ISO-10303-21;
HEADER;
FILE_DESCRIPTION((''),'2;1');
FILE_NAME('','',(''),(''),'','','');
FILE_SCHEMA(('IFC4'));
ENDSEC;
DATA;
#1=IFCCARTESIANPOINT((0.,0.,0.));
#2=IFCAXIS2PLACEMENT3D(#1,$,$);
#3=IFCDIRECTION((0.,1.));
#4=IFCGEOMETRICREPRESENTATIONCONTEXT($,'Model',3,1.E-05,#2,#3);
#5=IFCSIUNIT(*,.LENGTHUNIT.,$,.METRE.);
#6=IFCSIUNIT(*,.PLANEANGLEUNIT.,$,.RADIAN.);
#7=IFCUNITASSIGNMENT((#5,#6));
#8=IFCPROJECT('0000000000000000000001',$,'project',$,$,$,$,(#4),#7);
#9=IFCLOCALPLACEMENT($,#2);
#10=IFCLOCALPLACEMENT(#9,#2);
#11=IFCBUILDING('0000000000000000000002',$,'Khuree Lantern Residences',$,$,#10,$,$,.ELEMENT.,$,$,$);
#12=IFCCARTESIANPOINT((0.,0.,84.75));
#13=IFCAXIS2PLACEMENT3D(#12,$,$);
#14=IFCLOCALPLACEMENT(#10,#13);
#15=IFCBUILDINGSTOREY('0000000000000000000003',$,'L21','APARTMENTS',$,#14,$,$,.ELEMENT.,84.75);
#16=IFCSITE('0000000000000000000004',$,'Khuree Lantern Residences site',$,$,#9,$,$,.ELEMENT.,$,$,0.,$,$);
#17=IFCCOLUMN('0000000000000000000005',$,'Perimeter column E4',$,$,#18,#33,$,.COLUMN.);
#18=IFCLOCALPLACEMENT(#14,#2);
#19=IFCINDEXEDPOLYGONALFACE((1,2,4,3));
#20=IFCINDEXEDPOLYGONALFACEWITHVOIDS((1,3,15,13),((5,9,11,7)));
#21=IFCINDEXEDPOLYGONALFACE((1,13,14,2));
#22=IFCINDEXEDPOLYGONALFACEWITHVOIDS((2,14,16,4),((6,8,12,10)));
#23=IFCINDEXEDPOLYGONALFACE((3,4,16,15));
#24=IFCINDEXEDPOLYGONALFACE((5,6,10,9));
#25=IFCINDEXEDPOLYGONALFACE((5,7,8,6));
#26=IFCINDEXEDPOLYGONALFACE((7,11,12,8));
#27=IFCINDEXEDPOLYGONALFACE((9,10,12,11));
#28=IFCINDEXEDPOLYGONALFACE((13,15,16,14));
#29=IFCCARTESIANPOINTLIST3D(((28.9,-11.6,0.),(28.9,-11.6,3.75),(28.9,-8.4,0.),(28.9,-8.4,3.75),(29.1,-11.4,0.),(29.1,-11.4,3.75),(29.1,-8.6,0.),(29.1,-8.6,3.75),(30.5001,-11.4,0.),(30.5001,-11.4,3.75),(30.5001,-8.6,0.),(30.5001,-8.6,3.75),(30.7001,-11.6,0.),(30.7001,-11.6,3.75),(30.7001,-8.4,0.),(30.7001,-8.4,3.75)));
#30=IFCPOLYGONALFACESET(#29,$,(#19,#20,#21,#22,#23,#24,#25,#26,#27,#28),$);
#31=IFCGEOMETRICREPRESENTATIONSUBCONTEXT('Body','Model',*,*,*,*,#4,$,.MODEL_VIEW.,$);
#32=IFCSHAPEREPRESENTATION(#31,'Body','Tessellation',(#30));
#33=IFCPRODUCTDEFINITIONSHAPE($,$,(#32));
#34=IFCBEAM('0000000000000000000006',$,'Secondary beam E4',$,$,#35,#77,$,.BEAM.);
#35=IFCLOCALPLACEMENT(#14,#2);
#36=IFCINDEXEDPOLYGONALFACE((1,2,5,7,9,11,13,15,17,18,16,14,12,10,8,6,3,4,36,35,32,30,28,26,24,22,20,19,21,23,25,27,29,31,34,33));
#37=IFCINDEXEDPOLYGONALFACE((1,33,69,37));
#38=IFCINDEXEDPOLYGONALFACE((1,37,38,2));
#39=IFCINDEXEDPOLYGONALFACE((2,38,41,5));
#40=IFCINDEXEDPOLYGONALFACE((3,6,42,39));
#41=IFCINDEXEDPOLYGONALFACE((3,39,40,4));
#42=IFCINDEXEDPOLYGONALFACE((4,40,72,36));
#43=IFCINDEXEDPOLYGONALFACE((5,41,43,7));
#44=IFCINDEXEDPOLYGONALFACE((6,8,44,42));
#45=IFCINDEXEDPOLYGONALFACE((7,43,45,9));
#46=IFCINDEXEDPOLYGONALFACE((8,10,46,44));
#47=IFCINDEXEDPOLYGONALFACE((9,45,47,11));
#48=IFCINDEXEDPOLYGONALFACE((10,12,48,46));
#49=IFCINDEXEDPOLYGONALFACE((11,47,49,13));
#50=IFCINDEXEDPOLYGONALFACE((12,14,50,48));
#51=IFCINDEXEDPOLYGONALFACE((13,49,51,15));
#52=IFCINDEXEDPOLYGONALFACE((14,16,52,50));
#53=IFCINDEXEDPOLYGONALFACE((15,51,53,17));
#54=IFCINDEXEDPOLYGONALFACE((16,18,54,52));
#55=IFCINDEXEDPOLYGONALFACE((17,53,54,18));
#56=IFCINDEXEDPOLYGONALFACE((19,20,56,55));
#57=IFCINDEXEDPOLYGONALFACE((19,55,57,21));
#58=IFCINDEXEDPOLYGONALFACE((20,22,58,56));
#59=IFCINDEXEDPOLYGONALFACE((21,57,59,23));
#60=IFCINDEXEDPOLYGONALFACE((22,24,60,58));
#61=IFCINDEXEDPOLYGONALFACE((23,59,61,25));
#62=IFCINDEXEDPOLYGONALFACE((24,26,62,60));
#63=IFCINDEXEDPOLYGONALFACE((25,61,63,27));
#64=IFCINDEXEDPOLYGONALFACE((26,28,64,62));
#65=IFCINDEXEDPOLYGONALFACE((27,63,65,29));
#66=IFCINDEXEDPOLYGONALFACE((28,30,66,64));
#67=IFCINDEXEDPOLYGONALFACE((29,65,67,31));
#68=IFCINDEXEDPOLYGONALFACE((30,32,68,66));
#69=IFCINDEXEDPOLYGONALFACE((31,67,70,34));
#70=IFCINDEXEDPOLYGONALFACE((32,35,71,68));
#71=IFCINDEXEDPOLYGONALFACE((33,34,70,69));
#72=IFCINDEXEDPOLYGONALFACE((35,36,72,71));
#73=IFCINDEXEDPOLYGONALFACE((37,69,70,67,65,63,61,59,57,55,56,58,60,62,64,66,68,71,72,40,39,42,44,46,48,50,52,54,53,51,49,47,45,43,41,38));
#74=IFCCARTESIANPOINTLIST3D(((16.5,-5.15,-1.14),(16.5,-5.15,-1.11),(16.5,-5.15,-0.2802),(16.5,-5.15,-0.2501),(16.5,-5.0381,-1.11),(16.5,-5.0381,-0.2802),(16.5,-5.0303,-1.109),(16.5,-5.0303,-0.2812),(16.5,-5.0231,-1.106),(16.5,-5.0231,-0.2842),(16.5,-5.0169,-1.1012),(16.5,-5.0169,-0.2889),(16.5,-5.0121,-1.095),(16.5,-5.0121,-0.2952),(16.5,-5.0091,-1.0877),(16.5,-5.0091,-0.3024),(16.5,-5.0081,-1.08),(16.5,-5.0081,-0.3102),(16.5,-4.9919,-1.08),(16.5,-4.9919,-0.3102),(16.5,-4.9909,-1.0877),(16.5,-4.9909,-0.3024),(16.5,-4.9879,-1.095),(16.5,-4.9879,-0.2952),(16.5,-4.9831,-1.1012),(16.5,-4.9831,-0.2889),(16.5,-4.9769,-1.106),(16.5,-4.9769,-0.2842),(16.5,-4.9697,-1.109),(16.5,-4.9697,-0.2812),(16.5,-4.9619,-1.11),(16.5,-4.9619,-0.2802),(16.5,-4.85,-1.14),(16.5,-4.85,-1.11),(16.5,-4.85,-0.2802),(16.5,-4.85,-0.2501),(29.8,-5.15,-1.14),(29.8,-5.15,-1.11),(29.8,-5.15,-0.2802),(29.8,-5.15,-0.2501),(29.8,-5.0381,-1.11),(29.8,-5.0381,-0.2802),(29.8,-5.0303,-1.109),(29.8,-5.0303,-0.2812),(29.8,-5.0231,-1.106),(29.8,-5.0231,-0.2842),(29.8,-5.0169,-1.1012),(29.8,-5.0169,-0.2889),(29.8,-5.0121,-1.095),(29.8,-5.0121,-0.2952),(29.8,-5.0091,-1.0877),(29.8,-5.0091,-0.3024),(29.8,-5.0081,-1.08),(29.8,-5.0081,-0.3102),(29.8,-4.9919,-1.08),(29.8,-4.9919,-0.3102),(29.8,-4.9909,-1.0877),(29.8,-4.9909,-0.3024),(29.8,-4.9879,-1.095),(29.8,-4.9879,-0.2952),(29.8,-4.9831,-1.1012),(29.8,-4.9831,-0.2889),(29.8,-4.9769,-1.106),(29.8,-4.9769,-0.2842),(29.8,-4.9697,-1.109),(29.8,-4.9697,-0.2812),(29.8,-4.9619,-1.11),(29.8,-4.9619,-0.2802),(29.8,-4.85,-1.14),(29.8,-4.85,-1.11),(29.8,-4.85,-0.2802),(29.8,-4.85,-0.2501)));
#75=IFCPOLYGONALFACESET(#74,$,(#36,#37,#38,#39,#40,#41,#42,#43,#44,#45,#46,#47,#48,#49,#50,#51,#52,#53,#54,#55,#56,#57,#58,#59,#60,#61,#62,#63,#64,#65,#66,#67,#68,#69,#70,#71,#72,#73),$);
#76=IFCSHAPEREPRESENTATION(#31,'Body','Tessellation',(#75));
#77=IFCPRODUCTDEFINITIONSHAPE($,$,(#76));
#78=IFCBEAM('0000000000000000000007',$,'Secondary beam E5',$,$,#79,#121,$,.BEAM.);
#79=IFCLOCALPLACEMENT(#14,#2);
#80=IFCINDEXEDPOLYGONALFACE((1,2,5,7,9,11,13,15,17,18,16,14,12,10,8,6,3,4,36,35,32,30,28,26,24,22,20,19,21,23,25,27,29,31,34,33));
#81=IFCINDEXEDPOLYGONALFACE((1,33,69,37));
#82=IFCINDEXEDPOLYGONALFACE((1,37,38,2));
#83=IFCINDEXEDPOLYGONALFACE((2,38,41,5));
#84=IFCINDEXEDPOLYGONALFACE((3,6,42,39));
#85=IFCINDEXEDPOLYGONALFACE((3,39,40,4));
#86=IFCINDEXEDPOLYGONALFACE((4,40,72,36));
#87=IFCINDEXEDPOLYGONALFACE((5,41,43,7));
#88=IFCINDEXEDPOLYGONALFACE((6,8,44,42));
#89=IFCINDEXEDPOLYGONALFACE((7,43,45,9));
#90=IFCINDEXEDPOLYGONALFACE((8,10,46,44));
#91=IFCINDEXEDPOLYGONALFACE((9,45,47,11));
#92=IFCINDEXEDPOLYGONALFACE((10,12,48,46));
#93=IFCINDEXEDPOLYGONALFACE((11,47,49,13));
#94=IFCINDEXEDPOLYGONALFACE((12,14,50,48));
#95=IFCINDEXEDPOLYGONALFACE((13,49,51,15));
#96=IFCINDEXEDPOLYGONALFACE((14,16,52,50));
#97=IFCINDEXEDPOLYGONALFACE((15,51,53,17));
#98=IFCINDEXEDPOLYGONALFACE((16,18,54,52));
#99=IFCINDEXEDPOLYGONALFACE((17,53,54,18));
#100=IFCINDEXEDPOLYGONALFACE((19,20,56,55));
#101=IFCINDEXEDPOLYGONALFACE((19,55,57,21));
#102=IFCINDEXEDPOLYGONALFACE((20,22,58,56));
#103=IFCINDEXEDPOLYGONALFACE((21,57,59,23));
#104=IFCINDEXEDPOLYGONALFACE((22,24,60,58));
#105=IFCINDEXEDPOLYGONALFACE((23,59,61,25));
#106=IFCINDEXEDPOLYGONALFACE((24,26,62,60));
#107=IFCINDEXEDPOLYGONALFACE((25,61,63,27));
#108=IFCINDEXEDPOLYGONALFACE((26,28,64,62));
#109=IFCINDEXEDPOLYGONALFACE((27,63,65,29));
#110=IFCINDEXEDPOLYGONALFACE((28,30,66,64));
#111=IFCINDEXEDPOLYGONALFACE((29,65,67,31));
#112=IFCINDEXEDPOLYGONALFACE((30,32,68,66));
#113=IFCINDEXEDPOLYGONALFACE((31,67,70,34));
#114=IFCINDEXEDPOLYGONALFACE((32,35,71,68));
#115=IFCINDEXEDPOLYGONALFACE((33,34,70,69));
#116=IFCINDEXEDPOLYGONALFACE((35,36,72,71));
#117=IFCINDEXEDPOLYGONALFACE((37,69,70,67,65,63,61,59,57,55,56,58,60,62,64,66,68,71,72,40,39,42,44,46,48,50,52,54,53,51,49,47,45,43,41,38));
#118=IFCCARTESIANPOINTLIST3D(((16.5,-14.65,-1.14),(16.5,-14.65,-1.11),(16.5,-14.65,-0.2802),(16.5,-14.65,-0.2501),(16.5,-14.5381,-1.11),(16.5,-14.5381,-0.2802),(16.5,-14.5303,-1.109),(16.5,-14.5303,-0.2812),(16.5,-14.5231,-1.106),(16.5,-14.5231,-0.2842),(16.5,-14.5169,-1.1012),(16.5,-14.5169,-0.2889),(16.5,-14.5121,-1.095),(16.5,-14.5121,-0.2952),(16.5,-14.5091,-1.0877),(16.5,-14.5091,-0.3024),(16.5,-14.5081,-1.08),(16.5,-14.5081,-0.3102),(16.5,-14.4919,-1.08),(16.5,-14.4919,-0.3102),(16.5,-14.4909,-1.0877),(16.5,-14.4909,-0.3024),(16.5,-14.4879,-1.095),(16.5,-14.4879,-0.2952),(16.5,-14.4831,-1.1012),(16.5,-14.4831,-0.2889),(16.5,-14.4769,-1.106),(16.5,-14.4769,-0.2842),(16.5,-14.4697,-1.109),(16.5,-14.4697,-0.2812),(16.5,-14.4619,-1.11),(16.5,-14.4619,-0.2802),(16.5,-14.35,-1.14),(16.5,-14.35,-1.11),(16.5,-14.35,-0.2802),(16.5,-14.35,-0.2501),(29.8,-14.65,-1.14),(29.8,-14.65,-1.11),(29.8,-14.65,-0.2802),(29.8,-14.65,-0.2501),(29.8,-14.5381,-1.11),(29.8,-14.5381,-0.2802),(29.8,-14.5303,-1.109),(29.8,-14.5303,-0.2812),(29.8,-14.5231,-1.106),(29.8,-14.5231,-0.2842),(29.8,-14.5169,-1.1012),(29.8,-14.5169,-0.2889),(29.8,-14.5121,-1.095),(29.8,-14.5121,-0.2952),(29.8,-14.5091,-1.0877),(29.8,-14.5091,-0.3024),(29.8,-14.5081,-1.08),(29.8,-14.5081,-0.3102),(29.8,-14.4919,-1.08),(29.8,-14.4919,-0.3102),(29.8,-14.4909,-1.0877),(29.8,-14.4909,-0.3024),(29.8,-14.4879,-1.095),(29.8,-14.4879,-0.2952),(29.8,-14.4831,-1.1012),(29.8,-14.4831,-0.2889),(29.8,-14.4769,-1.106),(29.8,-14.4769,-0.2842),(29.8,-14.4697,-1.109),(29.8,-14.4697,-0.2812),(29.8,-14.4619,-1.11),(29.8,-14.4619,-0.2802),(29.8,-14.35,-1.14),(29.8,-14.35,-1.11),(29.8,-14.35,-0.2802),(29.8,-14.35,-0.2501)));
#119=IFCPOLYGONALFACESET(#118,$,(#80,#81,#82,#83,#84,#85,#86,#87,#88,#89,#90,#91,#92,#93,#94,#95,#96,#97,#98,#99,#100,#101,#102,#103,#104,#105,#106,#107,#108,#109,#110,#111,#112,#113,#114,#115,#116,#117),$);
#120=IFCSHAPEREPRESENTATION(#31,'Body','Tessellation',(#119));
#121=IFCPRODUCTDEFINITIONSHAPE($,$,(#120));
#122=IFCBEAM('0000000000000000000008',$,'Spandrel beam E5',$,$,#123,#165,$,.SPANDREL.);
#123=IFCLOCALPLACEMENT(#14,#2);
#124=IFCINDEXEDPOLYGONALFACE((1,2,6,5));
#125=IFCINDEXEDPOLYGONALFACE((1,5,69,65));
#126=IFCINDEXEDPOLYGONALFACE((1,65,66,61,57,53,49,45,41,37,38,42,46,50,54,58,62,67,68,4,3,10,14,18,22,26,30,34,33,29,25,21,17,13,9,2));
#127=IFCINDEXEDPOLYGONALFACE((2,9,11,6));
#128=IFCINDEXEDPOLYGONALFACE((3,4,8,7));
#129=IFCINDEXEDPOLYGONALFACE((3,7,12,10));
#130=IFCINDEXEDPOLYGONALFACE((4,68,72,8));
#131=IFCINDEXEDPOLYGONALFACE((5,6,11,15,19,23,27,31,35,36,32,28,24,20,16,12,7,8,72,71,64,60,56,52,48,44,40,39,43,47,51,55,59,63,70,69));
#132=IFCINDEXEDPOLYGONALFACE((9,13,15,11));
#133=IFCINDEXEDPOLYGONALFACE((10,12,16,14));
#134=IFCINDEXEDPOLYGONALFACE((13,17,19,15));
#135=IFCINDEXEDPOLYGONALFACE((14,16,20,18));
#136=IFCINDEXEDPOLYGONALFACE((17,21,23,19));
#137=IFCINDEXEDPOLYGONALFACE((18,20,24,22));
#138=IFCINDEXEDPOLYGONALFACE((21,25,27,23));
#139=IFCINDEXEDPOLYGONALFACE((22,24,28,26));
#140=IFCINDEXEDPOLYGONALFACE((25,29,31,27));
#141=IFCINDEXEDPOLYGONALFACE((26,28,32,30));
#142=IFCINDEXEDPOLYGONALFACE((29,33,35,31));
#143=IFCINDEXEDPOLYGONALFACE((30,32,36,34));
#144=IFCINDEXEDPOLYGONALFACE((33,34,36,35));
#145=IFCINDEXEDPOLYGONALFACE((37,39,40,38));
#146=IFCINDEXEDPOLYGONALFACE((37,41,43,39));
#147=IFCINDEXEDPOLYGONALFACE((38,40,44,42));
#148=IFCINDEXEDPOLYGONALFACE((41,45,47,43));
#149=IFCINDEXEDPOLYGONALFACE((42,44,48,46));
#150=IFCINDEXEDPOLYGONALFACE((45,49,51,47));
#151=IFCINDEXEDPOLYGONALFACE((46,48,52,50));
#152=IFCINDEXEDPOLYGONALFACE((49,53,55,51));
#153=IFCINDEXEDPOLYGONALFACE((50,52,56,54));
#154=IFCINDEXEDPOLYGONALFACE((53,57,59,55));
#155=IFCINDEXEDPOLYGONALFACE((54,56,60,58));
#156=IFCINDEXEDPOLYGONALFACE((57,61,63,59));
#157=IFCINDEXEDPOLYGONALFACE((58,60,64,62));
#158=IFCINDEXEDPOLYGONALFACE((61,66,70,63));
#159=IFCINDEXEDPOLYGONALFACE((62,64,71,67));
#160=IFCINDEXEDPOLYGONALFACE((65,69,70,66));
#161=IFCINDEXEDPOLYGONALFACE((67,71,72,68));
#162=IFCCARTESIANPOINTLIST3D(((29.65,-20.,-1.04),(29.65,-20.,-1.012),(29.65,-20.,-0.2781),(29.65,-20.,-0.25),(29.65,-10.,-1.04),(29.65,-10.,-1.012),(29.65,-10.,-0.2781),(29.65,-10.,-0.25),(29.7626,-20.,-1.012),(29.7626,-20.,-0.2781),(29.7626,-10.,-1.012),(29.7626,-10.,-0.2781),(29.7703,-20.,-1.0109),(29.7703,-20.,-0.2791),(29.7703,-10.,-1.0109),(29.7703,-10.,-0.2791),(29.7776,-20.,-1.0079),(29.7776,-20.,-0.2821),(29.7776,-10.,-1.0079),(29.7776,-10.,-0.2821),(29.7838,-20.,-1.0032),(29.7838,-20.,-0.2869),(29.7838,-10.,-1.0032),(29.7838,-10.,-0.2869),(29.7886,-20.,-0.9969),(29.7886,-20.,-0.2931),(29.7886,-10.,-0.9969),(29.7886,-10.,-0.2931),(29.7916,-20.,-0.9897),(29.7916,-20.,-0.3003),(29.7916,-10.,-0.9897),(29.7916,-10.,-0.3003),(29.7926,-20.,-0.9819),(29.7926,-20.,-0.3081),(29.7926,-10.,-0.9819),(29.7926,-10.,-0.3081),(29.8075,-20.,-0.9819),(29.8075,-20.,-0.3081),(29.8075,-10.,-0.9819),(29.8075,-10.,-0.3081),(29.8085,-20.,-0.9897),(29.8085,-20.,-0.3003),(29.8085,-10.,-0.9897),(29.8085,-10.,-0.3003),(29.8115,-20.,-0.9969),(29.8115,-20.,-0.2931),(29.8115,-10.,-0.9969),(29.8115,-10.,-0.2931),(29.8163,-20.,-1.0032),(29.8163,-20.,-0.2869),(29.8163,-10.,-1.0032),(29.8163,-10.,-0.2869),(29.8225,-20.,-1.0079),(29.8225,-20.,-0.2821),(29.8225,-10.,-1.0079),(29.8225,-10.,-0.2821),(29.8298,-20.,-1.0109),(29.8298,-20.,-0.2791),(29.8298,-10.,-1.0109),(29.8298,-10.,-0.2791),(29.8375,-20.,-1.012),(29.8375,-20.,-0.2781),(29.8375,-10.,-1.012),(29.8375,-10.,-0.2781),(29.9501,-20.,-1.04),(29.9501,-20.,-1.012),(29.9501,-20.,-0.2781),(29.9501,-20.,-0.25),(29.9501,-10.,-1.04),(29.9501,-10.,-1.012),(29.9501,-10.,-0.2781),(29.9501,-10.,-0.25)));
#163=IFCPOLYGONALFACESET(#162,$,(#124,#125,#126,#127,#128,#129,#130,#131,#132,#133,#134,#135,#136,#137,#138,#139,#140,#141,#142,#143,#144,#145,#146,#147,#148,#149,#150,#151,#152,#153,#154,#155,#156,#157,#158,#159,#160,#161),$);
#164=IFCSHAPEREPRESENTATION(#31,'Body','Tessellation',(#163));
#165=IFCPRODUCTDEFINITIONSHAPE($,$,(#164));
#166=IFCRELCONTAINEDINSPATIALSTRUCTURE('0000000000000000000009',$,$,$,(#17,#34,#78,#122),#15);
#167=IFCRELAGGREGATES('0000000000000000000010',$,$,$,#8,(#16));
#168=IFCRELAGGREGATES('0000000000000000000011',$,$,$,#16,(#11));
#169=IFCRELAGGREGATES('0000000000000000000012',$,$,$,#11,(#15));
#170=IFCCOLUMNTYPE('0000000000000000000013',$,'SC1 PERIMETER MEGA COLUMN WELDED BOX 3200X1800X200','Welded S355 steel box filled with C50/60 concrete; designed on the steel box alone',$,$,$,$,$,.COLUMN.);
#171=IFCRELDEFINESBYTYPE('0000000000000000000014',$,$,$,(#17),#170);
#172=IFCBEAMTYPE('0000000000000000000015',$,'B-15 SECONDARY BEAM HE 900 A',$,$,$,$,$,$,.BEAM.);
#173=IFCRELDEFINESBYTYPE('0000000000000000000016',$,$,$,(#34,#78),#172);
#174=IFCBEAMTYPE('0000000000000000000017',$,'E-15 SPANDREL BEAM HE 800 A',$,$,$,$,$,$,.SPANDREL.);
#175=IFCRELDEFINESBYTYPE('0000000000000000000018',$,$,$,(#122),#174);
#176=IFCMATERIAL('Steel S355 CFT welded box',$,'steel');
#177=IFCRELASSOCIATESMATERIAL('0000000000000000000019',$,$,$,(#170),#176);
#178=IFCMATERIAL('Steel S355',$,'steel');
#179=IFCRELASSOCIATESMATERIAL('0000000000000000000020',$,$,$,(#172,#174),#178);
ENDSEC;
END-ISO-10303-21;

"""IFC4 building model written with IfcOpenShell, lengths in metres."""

from ifc_helpers import new_model, si_unit, direction, frame, origin, origin_2d, place, context, subcontext, project, spatial, hollow_rectangle, i_section, extrude, material, material_profile, profile_set, type_object, element, save


model = new_model("IFC4")

# Units and contexts
model_context = context("Model", 3, precision=1e-05, world=origin(), true_north=direction((0.0, 1.0)))
body_context = subcontext(model_context, "Body", "Model", "MODEL_VIEW")
ifc_project = project(units=[si_unit("LENGTHUNIT", "METRE"), si_unit("PLANEANGLEUNIT", "RADIAN")], contexts=[model_context])

# Site, building, storey
site_placement = place(None, origin())
site = spatial("IfcSite", under=ifc_project, at=site_placement, Name="Khuree Lantern Residences site", CompositionType="ELEMENT", RefElevation=0.0)
building_placement = place(site_placement, origin())
building = spatial("IfcBuilding", under=site, at=building_placement, Name="Khuree Lantern Residences", CompositionType="ELEMENT")
storey_placement = place(building_placement, frame((0.0, 0.0, 84.75)))
storey = spatial("IfcBuildingStorey", under=building, at=storey_placement, Name="L21", Description="APARTMENTS", CompositionType="ELEMENT", Elevation=84.75)

# Column
ifc_material_1 = material(Name="Steel S355 CFT welded box", Category="steel")
ifc_material_profile_1 = material_profile(ifc_material_1, hollow_rectangle(XDim=3.2, YDim=1.8, WallThickness=0.2, at=origin_2d()), Name="WELDED BOX 3200X1800X200")
ifc_profile_set_1 = profile_set([ifc_material_profile_1], Name="Steel S355 CFT welded box")
column_type = type_object("IfcColumnType", Name="SC1 PERIMETER MEGA COLUMN WELDED BOX 3200X1800X200", Description="Welded S355 steel box filled with C50/60 concrete; designed on the steel box alone", PredefinedType="COLUMN", material=ifc_profile_set_1)
column_placement = place(storey_placement, frame((29.8, -10.0, 0.0), z_axis=(0.0, 0.0, 1.0), x_axis=(0.0, 1.0, 0.0)))
element("IfcColumn", 1, at=column_placement, inside=storey, type_object=column_type, Name="Perimeter column E4", PredefinedType="COLUMN", context=body_context, shape_type="SweptSolid", body=[
    extrude(hollow_rectangle(XDim=3.2, YDim=1.8, WallThickness=0.2, at=origin_2d()), origin(), (0.0, 0.0, 1.0), 3.75),
])

# Beams
ifc_material_2 = material(Name="Steel S355", Category="steel")
ifc_material_profile_2 = material_profile(ifc_material_2, i_section(OverallWidth=0.3, OverallDepth=0.8899, WebThickness=0.0161, FlangeThickness=0.03, FilletRadius=0.03, at=origin_2d()), Name="HE 900 A")
ifc_profile_set_2 = profile_set([ifc_material_profile_2], Name="Steel S355")
beam_type_1 = type_object("IfcBeamType", Name="B-15 SECONDARY BEAM HE 900 A", PredefinedType="BEAM", material=ifc_profile_set_2)
for number, where, z_axis, x_axis, name in (
    (2, (29.8, -5.0, -0.6951), (-1.0, 0.0, 0.0), (0.0, -1.0, 0.0), "Secondary beam E4"),
    (3, (29.8, -14.5, -0.6951), (-1.0, 0.0, 0.0), (0.0, -1.0, 0.0), "Secondary beam E5"),
):
    element("IfcBeam", number, at=place(storey_placement, frame(where, z_axis=z_axis, x_axis=x_axis)), inside=storey, type_object=beam_type_1, Name=name, PredefinedType="BEAM", context=body_context, shape_type="SweptSolid", body=[
        extrude(i_section(OverallWidth=0.3, OverallDepth=0.8899, WebThickness=0.0161, FlangeThickness=0.03, FilletRadius=0.03, at=origin_2d()), origin(), (0.0, 0.0, 1.0), 13.3),
    ])
ifc_material_profile_3 = material_profile(ifc_material_2, i_section(OverallWidth=0.3, OverallDepth=0.79, WebThickness=0.0149, FlangeThickness=0.0281, FilletRadius=0.03, at=origin_2d()), Name="HE 800 A")
ifc_profile_set_3 = profile_set([ifc_material_profile_3], Name="Steel S355")
beam_type_2 = type_object("IfcBeamType", Name="E-15 SPANDREL BEAM HE 800 A", PredefinedType="SPANDREL", material=ifc_profile_set_3)
beam_1_placement = place(storey_placement, frame((29.8, -10.0, -0.645), z_axis=(0.0, -1.0, 0.0), x_axis=(1.0, 0.0, 0.0)))
element("IfcBeam", 4, at=beam_1_placement, inside=storey, type_object=beam_type_2, Name="Spandrel beam E5", PredefinedType="SPANDREL", context=body_context, shape_type="SweptSolid", body=[
    extrude(i_section(OverallWidth=0.3, OverallDepth=0.79, WebThickness=0.0149, FlangeThickness=0.0281, FilletRadius=0.03, at=origin_2d()), origin(), (0.0, 0.0, 1.0), 10.0),
])

save(model, "model.ifc")
